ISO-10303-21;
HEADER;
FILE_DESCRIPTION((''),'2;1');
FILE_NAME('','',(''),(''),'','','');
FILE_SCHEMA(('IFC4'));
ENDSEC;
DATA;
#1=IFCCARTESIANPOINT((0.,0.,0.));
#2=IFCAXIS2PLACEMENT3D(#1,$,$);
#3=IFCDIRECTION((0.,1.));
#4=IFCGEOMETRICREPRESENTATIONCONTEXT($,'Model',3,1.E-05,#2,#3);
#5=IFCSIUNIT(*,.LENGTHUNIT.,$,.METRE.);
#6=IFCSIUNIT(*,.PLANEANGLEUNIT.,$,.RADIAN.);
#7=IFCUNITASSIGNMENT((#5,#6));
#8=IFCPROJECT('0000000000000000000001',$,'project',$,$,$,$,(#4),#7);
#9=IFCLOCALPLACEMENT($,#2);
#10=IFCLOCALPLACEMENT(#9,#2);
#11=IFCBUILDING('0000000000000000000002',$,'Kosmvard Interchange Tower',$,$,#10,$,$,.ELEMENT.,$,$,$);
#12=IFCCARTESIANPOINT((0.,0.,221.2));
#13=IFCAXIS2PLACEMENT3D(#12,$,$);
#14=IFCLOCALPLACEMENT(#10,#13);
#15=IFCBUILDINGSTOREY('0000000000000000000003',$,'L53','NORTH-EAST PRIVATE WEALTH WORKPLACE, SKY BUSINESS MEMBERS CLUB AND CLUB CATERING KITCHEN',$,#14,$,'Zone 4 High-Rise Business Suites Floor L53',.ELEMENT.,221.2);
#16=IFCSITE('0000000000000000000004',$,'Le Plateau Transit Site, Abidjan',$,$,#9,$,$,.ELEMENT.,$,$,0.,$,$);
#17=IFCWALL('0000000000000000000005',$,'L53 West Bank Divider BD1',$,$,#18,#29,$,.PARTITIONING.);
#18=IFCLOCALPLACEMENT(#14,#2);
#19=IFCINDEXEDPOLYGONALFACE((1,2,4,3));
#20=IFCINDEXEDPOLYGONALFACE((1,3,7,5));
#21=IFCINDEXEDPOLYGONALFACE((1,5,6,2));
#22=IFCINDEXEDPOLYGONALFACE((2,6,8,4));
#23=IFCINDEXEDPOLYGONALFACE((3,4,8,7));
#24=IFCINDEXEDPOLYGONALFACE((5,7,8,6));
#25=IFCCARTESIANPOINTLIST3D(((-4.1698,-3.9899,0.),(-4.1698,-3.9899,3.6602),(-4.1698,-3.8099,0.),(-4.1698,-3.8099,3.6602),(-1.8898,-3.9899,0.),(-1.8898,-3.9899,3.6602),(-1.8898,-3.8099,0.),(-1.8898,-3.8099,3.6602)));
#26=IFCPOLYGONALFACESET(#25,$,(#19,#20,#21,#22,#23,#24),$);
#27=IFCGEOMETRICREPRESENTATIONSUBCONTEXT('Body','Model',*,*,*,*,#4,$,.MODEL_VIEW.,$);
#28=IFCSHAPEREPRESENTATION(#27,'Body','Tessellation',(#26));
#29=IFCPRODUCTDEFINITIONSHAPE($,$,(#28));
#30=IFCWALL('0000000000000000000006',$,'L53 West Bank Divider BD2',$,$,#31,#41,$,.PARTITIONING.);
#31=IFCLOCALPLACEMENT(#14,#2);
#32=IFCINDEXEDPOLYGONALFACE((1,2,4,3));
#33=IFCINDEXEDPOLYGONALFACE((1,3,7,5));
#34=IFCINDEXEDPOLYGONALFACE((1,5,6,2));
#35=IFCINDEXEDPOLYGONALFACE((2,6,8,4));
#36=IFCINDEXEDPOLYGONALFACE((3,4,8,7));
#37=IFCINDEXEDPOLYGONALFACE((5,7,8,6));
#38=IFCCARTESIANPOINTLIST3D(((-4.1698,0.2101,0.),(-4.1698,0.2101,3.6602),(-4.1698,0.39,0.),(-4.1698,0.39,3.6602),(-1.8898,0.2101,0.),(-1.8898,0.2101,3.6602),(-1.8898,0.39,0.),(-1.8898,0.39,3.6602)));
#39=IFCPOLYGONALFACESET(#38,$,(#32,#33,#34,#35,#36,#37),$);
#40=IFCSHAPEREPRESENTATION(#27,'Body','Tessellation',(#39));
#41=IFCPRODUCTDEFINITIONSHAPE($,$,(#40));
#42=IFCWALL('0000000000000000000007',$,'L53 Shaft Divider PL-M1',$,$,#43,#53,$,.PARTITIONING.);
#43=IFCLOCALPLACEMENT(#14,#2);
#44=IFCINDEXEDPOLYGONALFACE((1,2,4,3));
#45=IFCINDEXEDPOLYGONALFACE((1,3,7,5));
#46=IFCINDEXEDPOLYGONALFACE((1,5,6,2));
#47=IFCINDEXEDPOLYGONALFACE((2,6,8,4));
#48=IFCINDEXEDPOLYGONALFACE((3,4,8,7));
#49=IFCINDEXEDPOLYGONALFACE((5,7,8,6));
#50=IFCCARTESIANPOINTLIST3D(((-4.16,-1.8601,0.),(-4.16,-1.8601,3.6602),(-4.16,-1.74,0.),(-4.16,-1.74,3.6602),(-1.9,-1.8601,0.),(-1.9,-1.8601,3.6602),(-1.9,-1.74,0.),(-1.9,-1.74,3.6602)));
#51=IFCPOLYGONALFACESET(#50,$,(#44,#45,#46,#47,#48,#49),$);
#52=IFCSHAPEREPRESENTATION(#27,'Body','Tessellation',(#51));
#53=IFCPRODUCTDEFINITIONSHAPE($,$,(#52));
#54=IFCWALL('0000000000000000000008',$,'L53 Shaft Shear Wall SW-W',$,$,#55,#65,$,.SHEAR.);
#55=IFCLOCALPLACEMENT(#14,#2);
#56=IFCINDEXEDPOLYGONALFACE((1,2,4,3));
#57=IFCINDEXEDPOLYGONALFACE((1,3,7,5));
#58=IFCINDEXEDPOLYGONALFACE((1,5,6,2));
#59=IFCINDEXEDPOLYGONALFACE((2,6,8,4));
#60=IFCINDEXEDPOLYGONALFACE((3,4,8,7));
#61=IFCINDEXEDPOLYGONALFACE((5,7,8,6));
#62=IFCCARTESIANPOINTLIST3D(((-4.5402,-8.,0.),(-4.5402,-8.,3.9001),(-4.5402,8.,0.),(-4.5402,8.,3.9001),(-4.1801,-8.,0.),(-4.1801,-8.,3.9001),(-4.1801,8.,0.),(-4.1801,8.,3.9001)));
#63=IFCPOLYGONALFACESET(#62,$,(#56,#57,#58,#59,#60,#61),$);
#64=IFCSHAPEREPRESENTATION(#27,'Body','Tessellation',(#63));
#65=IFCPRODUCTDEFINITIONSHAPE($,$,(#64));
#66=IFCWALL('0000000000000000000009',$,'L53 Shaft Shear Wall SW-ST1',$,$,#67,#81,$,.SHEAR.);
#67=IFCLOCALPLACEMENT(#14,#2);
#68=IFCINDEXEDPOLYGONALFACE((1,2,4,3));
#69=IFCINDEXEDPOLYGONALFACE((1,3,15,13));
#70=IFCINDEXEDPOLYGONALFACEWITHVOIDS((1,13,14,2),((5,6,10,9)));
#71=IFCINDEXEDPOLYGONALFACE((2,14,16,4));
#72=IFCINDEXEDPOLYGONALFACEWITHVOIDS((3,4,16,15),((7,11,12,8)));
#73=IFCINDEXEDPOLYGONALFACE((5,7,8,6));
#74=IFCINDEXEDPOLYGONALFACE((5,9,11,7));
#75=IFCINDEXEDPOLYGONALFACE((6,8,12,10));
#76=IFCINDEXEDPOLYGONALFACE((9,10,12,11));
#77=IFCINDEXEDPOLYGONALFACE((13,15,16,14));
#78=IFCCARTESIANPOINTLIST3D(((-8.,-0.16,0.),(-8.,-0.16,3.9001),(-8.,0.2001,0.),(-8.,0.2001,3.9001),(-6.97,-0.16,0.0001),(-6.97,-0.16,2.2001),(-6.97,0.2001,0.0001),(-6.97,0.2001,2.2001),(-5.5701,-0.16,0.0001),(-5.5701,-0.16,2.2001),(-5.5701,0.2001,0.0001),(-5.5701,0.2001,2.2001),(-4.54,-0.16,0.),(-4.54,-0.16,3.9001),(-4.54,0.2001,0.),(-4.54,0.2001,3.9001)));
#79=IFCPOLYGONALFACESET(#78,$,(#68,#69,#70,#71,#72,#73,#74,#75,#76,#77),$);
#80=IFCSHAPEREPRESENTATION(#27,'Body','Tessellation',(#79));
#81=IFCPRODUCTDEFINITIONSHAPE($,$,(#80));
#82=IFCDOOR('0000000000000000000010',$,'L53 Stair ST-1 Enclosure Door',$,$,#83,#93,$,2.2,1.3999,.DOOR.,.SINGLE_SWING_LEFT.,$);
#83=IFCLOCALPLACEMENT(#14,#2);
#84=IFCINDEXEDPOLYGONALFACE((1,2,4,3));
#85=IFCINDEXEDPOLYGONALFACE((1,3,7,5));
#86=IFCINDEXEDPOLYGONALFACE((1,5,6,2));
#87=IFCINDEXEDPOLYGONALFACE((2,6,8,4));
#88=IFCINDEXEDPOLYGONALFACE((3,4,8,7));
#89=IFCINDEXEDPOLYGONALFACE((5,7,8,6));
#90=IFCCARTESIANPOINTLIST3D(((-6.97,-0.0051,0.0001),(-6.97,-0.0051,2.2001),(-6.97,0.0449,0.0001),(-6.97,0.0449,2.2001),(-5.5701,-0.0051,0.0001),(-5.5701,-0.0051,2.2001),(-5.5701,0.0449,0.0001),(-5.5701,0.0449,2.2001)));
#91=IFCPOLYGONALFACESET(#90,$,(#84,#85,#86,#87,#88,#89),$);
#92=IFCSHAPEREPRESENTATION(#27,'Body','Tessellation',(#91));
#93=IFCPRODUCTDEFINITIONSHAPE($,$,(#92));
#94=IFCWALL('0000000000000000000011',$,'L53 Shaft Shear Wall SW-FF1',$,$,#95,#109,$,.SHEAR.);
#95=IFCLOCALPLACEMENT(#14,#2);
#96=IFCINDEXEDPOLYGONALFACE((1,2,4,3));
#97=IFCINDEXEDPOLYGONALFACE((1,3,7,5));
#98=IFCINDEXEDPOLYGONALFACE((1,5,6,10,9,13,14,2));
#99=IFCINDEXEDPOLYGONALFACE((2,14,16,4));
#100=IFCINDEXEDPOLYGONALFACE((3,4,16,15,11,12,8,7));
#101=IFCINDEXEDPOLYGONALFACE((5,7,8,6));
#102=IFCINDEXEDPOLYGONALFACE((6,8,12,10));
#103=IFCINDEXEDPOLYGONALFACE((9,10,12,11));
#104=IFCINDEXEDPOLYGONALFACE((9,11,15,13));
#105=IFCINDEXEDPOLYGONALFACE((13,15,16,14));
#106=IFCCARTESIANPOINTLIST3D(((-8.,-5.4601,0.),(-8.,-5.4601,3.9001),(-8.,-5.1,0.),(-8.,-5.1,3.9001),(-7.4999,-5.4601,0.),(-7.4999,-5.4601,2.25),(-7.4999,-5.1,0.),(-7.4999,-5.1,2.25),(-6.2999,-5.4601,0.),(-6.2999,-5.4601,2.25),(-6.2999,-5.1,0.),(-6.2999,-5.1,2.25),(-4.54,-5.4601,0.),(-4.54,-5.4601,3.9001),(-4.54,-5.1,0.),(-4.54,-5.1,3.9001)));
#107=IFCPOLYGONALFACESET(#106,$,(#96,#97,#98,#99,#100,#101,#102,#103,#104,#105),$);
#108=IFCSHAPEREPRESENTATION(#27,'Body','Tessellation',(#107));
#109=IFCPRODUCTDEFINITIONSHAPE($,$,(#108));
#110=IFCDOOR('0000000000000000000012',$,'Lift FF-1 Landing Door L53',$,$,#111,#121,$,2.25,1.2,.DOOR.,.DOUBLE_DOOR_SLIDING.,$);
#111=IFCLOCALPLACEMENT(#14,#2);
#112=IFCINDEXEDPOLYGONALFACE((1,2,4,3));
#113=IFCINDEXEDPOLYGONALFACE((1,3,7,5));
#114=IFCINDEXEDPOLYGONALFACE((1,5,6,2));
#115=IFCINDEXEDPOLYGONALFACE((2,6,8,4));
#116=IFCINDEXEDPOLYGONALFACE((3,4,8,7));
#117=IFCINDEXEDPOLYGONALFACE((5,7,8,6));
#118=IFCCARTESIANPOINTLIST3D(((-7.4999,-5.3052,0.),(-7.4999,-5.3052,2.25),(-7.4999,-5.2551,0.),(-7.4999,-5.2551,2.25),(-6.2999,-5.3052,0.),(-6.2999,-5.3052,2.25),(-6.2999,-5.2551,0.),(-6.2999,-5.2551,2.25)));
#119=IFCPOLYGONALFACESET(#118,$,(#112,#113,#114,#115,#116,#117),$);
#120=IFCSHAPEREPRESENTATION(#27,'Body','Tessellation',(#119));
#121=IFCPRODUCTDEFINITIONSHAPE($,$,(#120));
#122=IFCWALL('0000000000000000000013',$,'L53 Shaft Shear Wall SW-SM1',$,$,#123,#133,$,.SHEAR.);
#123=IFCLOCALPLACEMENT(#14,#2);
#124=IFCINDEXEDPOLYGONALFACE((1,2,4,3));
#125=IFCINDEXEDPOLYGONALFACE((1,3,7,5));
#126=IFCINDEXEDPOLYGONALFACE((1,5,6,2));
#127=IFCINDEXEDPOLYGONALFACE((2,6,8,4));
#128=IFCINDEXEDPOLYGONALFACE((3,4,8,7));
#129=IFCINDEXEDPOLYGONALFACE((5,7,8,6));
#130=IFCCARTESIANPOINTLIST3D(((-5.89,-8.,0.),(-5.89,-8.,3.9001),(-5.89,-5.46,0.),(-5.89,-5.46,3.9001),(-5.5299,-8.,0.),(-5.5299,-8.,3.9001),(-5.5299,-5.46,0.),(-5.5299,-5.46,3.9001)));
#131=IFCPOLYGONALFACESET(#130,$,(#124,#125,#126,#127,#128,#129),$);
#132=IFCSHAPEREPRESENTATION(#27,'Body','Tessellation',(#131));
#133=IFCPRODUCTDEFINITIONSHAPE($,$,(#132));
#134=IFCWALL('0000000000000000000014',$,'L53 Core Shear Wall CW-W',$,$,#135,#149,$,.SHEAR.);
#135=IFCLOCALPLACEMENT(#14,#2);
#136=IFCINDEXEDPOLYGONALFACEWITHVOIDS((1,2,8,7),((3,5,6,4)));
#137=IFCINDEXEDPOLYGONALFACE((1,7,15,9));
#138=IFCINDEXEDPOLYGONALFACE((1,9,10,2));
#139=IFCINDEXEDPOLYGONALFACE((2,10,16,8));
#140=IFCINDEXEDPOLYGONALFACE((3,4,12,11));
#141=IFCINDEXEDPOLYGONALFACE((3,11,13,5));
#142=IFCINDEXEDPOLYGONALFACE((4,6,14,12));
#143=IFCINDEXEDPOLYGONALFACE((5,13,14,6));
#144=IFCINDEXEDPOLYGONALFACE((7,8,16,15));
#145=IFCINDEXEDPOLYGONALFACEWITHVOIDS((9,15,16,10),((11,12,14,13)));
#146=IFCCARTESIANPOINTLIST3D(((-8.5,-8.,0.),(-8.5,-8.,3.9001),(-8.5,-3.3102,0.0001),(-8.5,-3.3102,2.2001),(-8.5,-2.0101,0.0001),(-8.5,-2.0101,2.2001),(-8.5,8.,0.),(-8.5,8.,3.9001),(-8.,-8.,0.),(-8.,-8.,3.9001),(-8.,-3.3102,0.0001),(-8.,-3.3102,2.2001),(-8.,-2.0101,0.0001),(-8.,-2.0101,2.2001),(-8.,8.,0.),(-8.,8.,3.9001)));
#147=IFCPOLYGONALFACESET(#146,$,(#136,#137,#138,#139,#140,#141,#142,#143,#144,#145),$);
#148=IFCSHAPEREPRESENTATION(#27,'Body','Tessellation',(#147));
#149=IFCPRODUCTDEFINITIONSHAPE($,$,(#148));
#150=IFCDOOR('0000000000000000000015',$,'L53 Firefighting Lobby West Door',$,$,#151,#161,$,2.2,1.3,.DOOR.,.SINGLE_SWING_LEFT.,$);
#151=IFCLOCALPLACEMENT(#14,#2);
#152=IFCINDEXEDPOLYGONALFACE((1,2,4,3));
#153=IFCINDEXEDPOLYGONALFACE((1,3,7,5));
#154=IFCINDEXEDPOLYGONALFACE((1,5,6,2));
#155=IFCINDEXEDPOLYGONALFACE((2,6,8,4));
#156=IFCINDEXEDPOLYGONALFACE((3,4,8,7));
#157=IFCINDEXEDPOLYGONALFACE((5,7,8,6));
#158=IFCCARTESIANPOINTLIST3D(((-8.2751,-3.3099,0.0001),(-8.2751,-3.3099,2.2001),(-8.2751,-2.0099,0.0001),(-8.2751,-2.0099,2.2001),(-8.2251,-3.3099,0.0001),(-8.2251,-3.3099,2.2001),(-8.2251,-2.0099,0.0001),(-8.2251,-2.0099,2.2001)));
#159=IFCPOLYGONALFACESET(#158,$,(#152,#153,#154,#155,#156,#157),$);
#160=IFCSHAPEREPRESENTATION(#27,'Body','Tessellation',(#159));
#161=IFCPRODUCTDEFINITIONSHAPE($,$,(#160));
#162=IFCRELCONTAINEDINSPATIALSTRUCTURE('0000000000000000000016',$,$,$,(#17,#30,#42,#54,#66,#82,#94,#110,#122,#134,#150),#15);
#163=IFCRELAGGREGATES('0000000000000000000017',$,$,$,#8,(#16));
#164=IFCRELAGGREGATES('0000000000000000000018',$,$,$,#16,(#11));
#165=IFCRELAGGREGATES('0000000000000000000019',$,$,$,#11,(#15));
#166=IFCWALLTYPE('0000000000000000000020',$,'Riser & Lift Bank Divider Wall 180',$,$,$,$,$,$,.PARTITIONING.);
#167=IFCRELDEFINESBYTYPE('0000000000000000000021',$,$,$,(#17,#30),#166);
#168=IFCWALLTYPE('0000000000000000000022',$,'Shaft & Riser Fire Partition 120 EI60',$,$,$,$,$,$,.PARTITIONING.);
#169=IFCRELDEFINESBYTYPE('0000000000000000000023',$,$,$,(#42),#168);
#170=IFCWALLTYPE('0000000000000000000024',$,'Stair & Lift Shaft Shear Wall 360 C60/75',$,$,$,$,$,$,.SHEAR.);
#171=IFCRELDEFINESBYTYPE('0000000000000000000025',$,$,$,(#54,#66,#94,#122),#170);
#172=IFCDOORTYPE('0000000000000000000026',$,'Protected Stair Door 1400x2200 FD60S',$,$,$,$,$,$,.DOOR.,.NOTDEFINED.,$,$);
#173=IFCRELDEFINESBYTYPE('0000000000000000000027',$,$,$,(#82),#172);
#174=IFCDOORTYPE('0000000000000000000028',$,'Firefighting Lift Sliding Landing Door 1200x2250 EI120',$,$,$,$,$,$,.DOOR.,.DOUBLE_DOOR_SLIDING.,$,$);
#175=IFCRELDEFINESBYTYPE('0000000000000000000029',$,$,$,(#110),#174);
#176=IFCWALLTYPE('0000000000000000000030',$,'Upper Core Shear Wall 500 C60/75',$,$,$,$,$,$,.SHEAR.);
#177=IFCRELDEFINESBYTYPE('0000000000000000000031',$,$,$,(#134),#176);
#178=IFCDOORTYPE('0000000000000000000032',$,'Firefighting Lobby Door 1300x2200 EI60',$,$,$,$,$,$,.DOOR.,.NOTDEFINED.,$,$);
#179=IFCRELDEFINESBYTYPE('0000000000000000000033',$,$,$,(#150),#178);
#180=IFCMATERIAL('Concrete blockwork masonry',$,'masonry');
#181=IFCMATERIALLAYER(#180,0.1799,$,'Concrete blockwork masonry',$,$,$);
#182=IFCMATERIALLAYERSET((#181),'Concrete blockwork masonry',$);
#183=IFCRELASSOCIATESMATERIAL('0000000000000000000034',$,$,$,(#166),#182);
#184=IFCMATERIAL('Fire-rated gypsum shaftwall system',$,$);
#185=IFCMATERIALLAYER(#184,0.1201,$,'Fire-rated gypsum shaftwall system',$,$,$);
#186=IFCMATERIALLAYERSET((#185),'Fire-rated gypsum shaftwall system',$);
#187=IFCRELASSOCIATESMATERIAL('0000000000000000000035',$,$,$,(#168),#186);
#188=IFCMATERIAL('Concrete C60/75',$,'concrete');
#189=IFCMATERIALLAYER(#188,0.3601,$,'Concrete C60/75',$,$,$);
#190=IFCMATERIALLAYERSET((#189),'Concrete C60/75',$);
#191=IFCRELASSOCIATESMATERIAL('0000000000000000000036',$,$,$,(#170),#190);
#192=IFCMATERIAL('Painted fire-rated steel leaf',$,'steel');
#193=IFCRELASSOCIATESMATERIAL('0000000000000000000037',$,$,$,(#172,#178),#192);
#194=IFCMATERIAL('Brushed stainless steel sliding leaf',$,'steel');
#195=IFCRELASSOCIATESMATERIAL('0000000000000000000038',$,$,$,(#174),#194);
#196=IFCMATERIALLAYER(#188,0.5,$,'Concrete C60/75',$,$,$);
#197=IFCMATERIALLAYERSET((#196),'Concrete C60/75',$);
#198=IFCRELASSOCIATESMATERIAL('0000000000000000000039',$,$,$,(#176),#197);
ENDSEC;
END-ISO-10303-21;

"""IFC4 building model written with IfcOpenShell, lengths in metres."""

from ifc_helpers import new_model, si_unit, direction, frame, frame_2d, origin, place, context, subcontext, project, spatial, rectangle, extrude, source, transform, mapped, material, layer, layer_set, type_object, element, fill, save


model = new_model("IFC4")

# Units and contexts
model_context = context("Model", 3, precision=1e-05, world=origin(), true_north=direction((0.0, 1.0)))
body_context = subcontext(model_context, "Body", "Model", "MODEL_VIEW")
ifc_project = project(units=[si_unit("LENGTHUNIT", "METRE"), si_unit("PLANEANGLEUNIT", "RADIAN")], contexts=[model_context])

# Site, building, storey
site_placement = place(None, origin())
site = spatial("IfcSite", under=ifc_project, at=site_placement, Name="Le Plateau Transit Site, Abidjan", CompositionType="ELEMENT", RefElevation=0.0)
building_placement = place(site_placement, origin())
building = spatial("IfcBuilding", under=site, at=building_placement, Name="Kosmvard Interchange Tower", CompositionType="ELEMENT")
storey_placement = place(building_placement, frame((0.0, 0.0, 221.2)))
storey = spatial("IfcBuildingStorey", under=building, at=storey_placement, Name="L53", Description="NORTH-EAST PRIVATE WEALTH WORKPLACE, SKY BUSINESS MEMBERS CLUB AND CLUB CATERING KITCHEN", LongName="Zone 4 High-Rise Business Suites Floor L53", CompositionType="ELEMENT", Elevation=221.2)

# Shared definitions
ifc_material_1 = material(Name="Concrete C60/75", Category="concrete")

# Shared definitions
ifc_material_2 = material(Name="Painted fire-rated steel leaf", Category="steel")
ifc_material_3 = material(Name="Brushed stainless steel sliding leaf", Category="steel")

# Walls
ifc_material_4 = material(Name="Concrete blockwork masonry", Category="masonry")
ifc_layer_1 = layer(ifc_material_4, 0.1799, Name="Concrete blockwork masonry")
ifc_layer_set_1 = layer_set([ifc_layer_1], Name="Concrete blockwork masonry")
wall_type_1 = type_object("IfcWallType", Name="Riser & Lift Bank Divider Wall 180", PredefinedType="PARTITIONING", material=ifc_layer_set_1)
for number, where, z_axis, x_axis, name in (
    (1, (-4.1699, -3.8999, 0.0), (0.0, 0.0, 1.0), (1.0, 0.0, 0.0), "L53 West Bank Divider BD1"),
    (2, (-4.1699, 0.3, 0.0), (0.0, 0.0, 1.0), (1.0, 0.0, 0.0), "L53 West Bank Divider BD2"),
):
    element("IfcWall", number, at=place(storey_placement, frame(where, z_axis=z_axis, x_axis=x_axis)), inside=storey, type_object=wall_type_1, Name=name, PredefinedType="PARTITIONING", context=body_context, shape_type="SweptSolid", body=[
        extrude(rectangle(XDim=2.28, YDim=0.1799, at=frame_2d((1.1401, 0.0))), origin(), (0.0, 0.0, 1.0), 3.6602),
    ])
ifc_material_5 = material(Name="Fire-rated gypsum shaftwall system")
ifc_layer_2 = layer(ifc_material_5, 0.1201, Name="Fire-rated gypsum shaftwall system")
ifc_layer_set_2 = layer_set([ifc_layer_2], Name="Fire-rated gypsum shaftwall system")
wall_type_2 = type_object("IfcWallType", Name="Shaft & Riser Fire Partition 120 EI60", PredefinedType="PARTITIONING", material=ifc_layer_set_2)
wall_1_placement = place(storey_placement, frame((-4.1599, -1.8, 0.0), z_axis=(0.0, 0.0, 1.0), x_axis=(1.0, 0.0, 0.0)))
element("IfcWall", 3, at=wall_1_placement, inside=storey, type_object=wall_type_2, Name="L53 Shaft Divider PL-M1", PredefinedType="PARTITIONING", context=body_context, shape_type="SweptSolid", body=[
    extrude(rectangle(XDim=2.26, YDim=0.1201, at=frame_2d((1.1299, 0.0))), origin(), (0.0, 0.0, 1.0), 3.6602),
])
ifc_layer_3 = layer(ifc_material_1, 0.3601, Name="Concrete C60/75")
ifc_layer_set_3 = layer_set([ifc_layer_3], Name="Concrete C60/75")
wall_type_3 = type_object("IfcWallType", Name="Stair & Lift Shaft Shear Wall 360 C60/75", PredefinedType="SHEAR", material=ifc_layer_set_3)
wall_2_placement = place(storey_placement, frame((-4.3601, -8.0, 0.0), z_axis=(0.0, 0.0, 1.0), x_axis=(0.0, 1.0, 0.0)))
element("IfcWall", 4, at=wall_2_placement, inside=storey, type_object=wall_type_3, Name="L53 Shaft Shear Wall SW-W", PredefinedType="SHEAR", context=body_context, shape_type="SweptSolid", body=[
    extrude(rectangle(XDim=16.0, YDim=0.3601, at=frame_2d((8.0, 0.0))), origin(), (0.0, 0.0, 1.0), 3.9001),
])

# Walls, openings, doors
wall_3_placement = place(storey_placement, frame((-8.0, 0.02, 0.0), z_axis=(0.0, 0.0, 1.0), x_axis=(1.0, 0.0, 0.0)))
wall_3 = element("IfcWall", 5, at=wall_3_placement, inside=storey, type_object=wall_type_3, Name="L53 Shaft Shear Wall SW-ST1", PredefinedType="SHEAR", context=body_context, shape_type="SweptSolid", body=[
    extrude(rectangle(XDim=3.46, YDim=0.3601, at=frame_2d((1.73, 0.0))), origin(), (0.0, 0.0, 1.0), 3.9001),
])
opening_1_placement = place(wall_3_placement, frame((1.03, 0.0, 0.0)))
opening_1 = element("IfcOpeningElement", 6, at=opening_1_placement, cuts=wall_3, PredefinedType="OPENING", context=body_context, shape_type="SweptSolid", body=[
    extrude(rectangle(XDim=1.3999, YDim=2.2, at=frame_2d((0.7, 1.1001))), frame((0.0, 0.1899, 0.0), z_axis=(0.0, -1.0, 0.0), x_axis=(1.0, 0.0, 0.0)), (0.0, 0.0, 1.0), 0.3801),
])
door_type_1 = type_object("IfcDoorType", Name="Protected Stair Door 1400x2200 FD60S", OperationType="NOTDEFINED", PredefinedType="DOOR", material=ifc_material_2)
shared_shape_1 = source(origin(), body_context, "Body", "SweptSolid", [
    extrude(rectangle(XDim=1.3999, YDim=2.2, at=frame_2d((0.7, 1.1001))), frame((0.0, 0.0249, 0.0), z_axis=(0.0, -1.0, 0.0), x_axis=(1.0, 0.0, 0.0)), (0.0, 0.0, 1.0), 0.05),
])
door_1_placement = place(opening_1_placement, origin())
door_1 = element("IfcDoor", 7, at=door_1_placement, inside=storey, type_object=door_type_1, Name="L53 Stair ST-1 Enclosure Door", OperationType="SINGLE_SWING_LEFT", OverallHeight=2.2, OverallWidth=1.3999, PredefinedType="DOOR", context=body_context, shape_type="MappedRepresentation", body=[
    mapped(shared_shape_1, transform((0.0, 0.0, 0.0), scale=1.0)),
])
fill(opening_1, door_1)
wall_4_placement = place(storey_placement, frame((-8.0, -5.28, 0.0), z_axis=(0.0, 0.0, 1.0), x_axis=(1.0, 0.0, 0.0)))
wall_4 = element("IfcWall", 8, at=wall_4_placement, inside=storey, type_object=wall_type_3, Name="L53 Shaft Shear Wall SW-FF1", PredefinedType="SHEAR", context=body_context, shape_type="SweptSolid", body=[
    extrude(rectangle(XDim=3.46, YDim=0.3601, at=frame_2d((1.73, 0.0))), origin(), (0.0, 0.0, 1.0), 3.9001),
])
opening_2_placement = place(wall_4_placement, frame((0.5, 0.0, 0.0)))
opening_2 = element("IfcOpeningElement", 9, at=opening_2_placement, cuts=wall_4, PredefinedType="OPENING", context=body_context, shape_type="SweptSolid", body=[
    extrude(rectangle(XDim=1.2, YDim=2.25, at=frame_2d((0.6001, 1.125))), frame((0.0, 0.1899, 0.0), z_axis=(0.0, -1.0, 0.0), x_axis=(1.0, 0.0, 0.0)), (0.0, 0.0, 1.0), 0.3801),
])
door_type_2 = type_object("IfcDoorType", Name="Firefighting Lift Sliding Landing Door 1200x2250 EI120", OperationType="DOUBLE_DOOR_SLIDING", PredefinedType="DOOR", material=ifc_material_3)
shared_shape_2 = source(origin(), body_context, "Body", "SweptSolid", [
    extrude(rectangle(XDim=1.2, YDim=2.25, at=frame_2d((0.6001, 1.125))), frame((0.0, 0.0249, 0.0), z_axis=(0.0, -1.0, 0.0), x_axis=(1.0, 0.0, 0.0)), (0.0, 0.0, 1.0), 0.05),
])
door_2_placement = place(opening_2_placement, origin())
door_2 = element("IfcDoor", 10, at=door_2_placement, inside=storey, type_object=door_type_2, Name="Lift FF-1 Landing Door L53", OperationType="DOUBLE_DOOR_SLIDING", OverallHeight=2.25, OverallWidth=1.2, PredefinedType="DOOR", context=body_context, shape_type="MappedRepresentation", body=[
    mapped(shared_shape_2, transform((0.0, 0.0, 0.0), scale=1.0)),
])
fill(opening_2, door_2)

# Wall
wall_5_placement = place(storey_placement, frame((-5.71, -8.0, 0.0), z_axis=(0.0, 0.0, 1.0), x_axis=(0.0, 1.0, 0.0)))
element("IfcWall", 11, at=wall_5_placement, inside=storey, type_object=wall_type_3, Name="L53 Shaft Shear Wall SW-SM1", PredefinedType="SHEAR", context=body_context, shape_type="SweptSolid", body=[
    extrude(rectangle(XDim=2.54, YDim=0.3601, at=frame_2d((1.27, 0.0))), origin(), (0.0, 0.0, 1.0), 3.9001),
])

# Wall, opening, door
ifc_layer_4 = layer(ifc_material_1, 0.5, Name="Concrete C60/75")
ifc_layer_set_4 = layer_set([ifc_layer_4], Name="Concrete C60/75")
wall_type_4 = type_object("IfcWallType", Name="Upper Core Shear Wall 500 C60/75", PredefinedType="SHEAR", material=ifc_layer_set_4)
wall_6_placement = place(storey_placement, frame((-8.25, -8.0, 0.0), z_axis=(0.0, 0.0, 1.0), x_axis=(0.0, 1.0, 0.0)))
wall_6 = element("IfcWall", 12, at=wall_6_placement, inside=storey, type_object=wall_type_4, Name="L53 Core Shear Wall CW-W", PredefinedType="SHEAR", context=body_context, shape_type="SweptSolid", body=[
    extrude(rectangle(XDim=16.0, YDim=0.5, at=frame_2d((8.0, 0.0))), origin(), (0.0, 0.0, 1.0), 3.9001),
])
opening_3_placement = place(wall_6_placement, frame((4.6899, 0.0, 0.0)))
opening_3 = element("IfcOpeningElement", 13, at=opening_3_placement, cuts=wall_6, PredefinedType="OPENING", context=body_context, shape_type="SweptSolid", body=[
    extrude(rectangle(XDim=1.3, YDim=2.2, at=frame_2d((0.6499, 1.1001))), frame((0.0, 0.26, 0.0), z_axis=(0.0, -1.0, 0.0), x_axis=(1.0, 0.0, 0.0)), (0.0, 0.0, 1.0), 0.52),
])
door_type_3 = type_object("IfcDoorType", Name="Firefighting Lobby Door 1300x2200 EI60", OperationType="NOTDEFINED", PredefinedType="DOOR", material=ifc_material_2)
shared_shape_3 = source(origin(), body_context, "Body", "SweptSolid", [
    extrude(rectangle(XDim=1.3, YDim=2.2, at=frame_2d((0.6499, 1.1001))), frame((0.0, 0.0249, 0.0), z_axis=(0.0, -1.0, 0.0), x_axis=(1.0, 0.0, 0.0)), (0.0, 0.0, 1.0), 0.05),
])
door_3_placement = place(opening_3_placement, frame((1.3, 0.0, 0.0), z_axis=(0.0, 0.0, 1.0), x_axis=(-1.0, 0.0, 0.0)))
door_3 = element("IfcDoor", 14, at=door_3_placement, inside=storey, type_object=door_type_3, Name="L53 Firefighting Lobby West Door", OperationType="SINGLE_SWING_LEFT", OverallHeight=2.2, OverallWidth=1.3, PredefinedType="DOOR", context=body_context, shape_type="MappedRepresentation", body=[
    mapped(shared_shape_3, transform((0.0, 0.0, 0.0), scale=1.0)),
])
fill(opening_3, door_3)

save(model, "model.ifc")
